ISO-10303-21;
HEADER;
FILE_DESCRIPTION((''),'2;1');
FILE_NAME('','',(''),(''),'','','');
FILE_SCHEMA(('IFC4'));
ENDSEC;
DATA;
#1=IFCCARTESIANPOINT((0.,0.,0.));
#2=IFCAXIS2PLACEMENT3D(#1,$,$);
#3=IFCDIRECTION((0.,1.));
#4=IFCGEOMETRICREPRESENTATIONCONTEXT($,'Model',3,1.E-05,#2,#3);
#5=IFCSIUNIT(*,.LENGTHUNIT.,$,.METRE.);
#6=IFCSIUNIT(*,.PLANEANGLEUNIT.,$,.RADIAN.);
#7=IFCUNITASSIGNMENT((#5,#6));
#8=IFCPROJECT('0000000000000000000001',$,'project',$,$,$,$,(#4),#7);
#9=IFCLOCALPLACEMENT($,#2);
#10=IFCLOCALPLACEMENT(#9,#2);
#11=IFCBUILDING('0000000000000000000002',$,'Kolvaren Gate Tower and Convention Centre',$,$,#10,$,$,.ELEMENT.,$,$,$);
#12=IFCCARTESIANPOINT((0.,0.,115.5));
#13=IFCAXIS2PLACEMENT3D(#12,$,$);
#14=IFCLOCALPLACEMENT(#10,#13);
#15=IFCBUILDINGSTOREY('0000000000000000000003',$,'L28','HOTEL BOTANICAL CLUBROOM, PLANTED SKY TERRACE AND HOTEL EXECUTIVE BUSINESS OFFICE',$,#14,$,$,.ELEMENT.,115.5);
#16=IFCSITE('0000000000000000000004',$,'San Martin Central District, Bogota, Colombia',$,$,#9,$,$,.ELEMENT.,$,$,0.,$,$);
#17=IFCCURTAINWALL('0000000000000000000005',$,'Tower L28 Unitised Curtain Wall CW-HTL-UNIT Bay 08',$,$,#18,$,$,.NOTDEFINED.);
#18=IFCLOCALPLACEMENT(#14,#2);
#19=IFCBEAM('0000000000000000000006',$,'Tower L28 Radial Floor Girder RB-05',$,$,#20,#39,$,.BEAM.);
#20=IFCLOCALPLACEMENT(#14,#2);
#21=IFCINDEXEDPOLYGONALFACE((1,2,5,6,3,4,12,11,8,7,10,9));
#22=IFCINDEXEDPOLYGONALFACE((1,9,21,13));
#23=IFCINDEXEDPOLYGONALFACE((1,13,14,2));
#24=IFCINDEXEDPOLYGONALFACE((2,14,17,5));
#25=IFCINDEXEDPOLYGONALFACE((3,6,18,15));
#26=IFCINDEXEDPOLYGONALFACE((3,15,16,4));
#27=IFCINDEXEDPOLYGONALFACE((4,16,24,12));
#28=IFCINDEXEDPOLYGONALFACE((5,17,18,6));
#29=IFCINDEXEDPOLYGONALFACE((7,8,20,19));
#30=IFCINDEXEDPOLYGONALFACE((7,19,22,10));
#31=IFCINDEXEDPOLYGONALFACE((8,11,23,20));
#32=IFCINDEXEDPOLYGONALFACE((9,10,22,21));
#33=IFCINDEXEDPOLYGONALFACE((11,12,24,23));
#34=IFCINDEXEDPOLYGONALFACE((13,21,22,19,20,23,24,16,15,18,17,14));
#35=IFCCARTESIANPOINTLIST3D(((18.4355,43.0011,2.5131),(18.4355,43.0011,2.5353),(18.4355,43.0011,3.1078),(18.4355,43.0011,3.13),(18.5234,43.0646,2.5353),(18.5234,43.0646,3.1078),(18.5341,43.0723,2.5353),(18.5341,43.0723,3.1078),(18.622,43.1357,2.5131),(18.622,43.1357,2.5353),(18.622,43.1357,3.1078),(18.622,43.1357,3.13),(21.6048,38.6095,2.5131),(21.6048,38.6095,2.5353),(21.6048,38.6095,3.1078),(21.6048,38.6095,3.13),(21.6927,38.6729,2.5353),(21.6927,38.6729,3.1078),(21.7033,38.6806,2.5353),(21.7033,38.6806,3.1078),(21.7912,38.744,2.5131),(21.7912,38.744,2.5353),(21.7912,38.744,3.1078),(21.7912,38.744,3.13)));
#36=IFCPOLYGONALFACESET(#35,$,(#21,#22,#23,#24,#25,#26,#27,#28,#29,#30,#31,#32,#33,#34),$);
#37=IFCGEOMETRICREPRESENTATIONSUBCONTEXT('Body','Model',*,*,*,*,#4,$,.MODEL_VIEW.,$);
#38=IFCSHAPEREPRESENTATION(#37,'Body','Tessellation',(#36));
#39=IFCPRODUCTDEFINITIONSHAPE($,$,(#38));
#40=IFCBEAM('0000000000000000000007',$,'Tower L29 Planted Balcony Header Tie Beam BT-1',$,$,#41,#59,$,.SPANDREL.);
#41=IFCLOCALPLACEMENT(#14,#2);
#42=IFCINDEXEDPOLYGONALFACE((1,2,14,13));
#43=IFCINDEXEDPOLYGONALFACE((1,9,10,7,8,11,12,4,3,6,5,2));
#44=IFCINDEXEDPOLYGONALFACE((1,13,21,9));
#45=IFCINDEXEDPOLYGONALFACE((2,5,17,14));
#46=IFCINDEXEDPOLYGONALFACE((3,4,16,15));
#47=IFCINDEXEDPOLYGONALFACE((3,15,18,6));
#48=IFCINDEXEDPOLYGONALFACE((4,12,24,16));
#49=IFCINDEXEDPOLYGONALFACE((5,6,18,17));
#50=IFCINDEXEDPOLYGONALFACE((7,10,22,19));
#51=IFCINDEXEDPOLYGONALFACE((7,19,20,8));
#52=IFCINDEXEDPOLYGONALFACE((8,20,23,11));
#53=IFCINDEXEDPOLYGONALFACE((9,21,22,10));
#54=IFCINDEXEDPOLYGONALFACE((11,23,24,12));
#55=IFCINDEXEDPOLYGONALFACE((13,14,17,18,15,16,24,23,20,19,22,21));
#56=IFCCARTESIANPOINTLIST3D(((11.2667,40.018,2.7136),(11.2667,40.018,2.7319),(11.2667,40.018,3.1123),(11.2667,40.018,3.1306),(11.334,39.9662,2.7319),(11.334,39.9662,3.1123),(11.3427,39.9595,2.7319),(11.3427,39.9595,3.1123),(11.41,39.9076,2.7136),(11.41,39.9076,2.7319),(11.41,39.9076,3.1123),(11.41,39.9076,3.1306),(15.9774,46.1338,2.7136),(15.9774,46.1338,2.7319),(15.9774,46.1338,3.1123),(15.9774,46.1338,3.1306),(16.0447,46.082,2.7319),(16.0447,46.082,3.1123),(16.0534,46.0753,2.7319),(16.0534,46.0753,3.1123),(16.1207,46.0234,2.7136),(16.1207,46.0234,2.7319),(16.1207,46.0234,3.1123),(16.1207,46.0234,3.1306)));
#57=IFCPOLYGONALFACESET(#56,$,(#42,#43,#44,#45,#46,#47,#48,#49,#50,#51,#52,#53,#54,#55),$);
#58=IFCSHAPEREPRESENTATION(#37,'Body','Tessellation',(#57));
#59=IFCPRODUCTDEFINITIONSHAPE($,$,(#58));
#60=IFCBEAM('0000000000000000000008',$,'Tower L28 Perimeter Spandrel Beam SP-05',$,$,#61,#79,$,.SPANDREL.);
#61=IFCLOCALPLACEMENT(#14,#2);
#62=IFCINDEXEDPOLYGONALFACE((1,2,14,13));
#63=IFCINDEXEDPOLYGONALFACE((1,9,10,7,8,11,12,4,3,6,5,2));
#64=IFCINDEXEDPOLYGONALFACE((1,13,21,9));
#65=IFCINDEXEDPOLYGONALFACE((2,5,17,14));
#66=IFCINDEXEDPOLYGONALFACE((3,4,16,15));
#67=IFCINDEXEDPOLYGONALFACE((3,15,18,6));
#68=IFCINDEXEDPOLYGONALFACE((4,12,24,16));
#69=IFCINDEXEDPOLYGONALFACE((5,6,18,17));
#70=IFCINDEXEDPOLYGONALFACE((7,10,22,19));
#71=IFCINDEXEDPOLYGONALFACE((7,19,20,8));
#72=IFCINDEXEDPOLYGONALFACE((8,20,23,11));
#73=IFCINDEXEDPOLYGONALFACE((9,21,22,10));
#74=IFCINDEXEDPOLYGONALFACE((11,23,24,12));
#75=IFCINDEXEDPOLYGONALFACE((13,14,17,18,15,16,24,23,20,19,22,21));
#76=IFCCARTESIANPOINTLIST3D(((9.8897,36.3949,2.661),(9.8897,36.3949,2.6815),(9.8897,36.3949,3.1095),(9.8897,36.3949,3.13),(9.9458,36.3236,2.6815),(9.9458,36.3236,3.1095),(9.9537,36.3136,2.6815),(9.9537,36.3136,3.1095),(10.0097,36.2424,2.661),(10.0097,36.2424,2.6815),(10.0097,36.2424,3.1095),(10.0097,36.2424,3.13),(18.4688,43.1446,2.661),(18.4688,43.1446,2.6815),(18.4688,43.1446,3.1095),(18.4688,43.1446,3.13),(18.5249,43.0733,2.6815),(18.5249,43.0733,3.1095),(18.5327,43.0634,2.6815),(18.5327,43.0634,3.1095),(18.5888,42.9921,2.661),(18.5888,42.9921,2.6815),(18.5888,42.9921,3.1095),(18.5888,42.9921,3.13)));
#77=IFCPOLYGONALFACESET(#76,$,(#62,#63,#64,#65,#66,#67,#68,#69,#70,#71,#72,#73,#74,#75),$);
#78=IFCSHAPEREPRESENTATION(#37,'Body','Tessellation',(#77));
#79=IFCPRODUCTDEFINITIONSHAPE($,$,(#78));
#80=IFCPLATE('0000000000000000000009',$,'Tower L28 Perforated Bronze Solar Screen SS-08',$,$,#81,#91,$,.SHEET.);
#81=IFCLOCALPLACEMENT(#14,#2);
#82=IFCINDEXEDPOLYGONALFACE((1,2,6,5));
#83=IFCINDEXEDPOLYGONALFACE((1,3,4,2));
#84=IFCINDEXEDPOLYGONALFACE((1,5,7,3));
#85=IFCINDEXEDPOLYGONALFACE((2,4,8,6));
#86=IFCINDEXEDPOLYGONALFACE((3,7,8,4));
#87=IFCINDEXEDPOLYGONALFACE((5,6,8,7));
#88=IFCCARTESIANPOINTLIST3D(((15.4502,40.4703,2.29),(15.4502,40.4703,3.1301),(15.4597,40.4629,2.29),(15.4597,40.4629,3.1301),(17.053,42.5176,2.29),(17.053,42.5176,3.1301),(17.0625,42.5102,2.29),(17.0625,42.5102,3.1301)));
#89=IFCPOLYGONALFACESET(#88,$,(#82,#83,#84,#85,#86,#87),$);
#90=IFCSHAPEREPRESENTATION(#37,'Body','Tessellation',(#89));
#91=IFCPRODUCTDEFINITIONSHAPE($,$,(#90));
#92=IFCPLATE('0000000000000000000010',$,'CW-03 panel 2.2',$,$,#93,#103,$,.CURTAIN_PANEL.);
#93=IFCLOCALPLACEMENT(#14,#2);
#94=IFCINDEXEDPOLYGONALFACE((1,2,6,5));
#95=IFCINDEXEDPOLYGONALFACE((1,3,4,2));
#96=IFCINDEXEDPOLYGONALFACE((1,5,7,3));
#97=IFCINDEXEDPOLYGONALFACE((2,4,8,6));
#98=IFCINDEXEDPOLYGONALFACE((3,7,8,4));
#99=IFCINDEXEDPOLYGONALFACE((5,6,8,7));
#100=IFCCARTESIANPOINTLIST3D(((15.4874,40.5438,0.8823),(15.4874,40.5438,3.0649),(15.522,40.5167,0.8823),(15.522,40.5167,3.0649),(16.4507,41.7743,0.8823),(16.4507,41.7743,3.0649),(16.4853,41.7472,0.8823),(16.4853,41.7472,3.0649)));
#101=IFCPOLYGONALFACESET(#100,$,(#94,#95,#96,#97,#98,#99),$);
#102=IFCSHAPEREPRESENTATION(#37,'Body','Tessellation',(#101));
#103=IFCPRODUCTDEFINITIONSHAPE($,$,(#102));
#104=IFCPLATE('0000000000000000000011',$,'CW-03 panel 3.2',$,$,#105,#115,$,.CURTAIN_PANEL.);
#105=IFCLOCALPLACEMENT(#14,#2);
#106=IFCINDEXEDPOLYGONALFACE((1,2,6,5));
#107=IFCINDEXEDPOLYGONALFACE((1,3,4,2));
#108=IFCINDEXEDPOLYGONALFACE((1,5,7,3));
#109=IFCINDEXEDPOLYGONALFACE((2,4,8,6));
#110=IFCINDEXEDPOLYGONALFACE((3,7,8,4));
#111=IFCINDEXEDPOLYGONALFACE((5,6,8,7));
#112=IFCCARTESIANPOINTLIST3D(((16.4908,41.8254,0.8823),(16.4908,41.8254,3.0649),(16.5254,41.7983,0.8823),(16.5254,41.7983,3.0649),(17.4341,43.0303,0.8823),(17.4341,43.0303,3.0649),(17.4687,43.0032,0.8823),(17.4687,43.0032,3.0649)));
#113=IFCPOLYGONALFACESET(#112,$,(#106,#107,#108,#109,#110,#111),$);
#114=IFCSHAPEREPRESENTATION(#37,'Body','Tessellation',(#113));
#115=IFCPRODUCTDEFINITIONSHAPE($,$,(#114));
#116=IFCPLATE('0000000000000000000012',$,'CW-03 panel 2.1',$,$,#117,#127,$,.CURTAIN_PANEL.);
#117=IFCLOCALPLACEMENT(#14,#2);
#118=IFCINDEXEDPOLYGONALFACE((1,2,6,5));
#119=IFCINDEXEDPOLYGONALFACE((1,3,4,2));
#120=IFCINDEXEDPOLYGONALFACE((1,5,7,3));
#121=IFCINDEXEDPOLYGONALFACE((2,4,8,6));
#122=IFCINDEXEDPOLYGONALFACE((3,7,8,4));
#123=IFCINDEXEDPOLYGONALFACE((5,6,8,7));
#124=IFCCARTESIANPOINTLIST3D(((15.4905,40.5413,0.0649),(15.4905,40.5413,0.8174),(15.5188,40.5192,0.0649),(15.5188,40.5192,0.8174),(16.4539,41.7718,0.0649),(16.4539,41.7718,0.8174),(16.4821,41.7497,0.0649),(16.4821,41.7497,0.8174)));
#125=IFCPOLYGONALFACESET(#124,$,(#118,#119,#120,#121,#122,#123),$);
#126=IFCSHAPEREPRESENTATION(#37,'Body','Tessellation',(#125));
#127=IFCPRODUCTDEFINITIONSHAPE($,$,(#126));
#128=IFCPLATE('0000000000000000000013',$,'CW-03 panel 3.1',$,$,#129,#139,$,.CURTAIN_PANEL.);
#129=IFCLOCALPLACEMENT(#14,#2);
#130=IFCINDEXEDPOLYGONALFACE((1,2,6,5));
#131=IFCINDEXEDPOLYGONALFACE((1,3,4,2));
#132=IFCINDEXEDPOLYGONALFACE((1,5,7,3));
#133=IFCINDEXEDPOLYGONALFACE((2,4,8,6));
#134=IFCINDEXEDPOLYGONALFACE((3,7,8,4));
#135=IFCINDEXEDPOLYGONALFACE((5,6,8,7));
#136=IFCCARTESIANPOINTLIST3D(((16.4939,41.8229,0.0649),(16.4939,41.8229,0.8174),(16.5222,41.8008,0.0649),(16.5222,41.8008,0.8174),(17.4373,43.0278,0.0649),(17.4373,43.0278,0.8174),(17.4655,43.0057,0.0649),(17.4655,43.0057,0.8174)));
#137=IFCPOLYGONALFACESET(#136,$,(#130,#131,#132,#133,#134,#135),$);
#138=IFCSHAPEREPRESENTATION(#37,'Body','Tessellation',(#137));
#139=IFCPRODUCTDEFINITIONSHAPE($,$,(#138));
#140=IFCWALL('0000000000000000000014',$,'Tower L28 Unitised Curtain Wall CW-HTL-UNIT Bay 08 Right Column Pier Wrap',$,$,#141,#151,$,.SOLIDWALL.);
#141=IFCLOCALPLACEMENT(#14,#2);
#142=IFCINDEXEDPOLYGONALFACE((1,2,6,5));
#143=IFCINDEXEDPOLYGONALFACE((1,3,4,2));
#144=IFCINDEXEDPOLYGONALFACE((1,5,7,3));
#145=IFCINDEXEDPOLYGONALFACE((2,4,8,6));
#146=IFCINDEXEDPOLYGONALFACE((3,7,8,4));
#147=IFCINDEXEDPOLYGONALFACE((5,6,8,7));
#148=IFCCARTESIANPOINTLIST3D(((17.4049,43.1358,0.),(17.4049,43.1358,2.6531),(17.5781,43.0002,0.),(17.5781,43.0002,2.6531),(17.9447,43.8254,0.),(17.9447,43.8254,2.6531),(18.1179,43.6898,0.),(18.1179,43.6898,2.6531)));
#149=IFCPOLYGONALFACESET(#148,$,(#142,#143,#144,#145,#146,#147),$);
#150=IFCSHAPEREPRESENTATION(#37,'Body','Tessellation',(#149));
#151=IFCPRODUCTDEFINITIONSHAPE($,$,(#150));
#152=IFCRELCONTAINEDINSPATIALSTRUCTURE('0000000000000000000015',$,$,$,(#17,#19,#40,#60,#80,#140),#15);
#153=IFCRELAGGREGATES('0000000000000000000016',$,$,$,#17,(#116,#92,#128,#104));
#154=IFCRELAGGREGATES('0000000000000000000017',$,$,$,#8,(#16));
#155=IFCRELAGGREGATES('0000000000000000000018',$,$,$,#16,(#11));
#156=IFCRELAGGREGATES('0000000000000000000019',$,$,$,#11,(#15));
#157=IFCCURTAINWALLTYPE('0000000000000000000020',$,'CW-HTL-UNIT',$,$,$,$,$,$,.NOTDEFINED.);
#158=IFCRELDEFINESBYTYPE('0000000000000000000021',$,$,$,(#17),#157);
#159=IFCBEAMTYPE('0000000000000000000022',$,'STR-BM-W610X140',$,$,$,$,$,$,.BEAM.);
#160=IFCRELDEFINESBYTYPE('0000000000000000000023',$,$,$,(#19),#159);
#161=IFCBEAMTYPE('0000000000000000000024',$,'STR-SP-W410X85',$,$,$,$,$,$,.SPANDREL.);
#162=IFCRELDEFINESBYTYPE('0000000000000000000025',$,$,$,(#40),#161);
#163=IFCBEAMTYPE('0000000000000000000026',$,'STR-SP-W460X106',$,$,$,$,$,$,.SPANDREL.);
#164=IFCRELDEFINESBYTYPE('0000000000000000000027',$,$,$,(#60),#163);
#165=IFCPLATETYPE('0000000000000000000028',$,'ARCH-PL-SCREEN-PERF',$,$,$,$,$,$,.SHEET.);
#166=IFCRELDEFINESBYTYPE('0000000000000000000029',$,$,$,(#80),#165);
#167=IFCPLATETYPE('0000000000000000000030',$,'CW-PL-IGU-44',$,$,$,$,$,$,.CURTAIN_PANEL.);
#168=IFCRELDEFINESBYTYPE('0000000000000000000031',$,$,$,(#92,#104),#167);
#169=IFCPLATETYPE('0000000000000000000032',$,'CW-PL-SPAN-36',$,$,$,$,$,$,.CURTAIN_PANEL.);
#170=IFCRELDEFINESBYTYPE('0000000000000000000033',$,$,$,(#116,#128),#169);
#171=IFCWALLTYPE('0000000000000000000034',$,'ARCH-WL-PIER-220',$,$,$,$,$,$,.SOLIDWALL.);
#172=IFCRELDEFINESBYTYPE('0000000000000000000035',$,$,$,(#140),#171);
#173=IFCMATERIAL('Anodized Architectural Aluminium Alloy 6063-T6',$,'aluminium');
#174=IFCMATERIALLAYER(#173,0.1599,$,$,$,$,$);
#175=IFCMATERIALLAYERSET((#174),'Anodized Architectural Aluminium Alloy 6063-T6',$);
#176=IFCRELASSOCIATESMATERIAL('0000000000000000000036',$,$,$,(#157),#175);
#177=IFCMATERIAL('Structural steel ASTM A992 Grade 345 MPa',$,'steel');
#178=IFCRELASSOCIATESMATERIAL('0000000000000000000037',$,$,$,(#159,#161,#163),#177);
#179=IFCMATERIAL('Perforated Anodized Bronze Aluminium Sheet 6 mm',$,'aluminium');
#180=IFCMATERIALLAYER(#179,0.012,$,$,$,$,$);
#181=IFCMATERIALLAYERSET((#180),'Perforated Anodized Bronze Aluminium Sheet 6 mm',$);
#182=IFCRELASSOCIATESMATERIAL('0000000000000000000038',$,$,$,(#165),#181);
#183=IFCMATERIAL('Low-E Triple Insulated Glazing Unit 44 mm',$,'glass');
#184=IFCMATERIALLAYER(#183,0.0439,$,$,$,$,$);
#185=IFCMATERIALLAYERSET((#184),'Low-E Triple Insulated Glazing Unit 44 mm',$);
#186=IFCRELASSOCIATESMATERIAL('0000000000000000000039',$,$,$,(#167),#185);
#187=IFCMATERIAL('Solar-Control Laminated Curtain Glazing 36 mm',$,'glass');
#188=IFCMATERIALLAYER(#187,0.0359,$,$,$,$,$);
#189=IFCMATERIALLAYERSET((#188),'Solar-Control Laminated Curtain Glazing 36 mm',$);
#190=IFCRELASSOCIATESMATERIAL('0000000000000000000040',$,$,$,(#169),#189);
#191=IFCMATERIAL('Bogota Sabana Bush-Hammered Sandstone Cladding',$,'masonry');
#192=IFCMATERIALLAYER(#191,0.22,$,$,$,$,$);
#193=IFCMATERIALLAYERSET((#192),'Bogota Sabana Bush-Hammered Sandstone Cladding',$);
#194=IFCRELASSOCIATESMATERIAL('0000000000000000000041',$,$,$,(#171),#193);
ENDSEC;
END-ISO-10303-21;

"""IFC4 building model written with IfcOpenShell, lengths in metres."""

from ifc_helpers import new_model, si_unit, direction, frame, frame_2d, origin, origin_2d, place, context, subcontext, project, spatial, rectangle, i_section, extrude, material, layer, layer_set, material_profile, profile_set, type_object, element, aggregate, save


model = new_model("IFC4")

# Units and contexts
model_context = context("Model", 3, precision=1e-05, world=origin(), true_north=direction((0.0, 1.0)))
body_context = subcontext(model_context, "Body", "Model", "MODEL_VIEW")
ifc_project = project(units=[si_unit("LENGTHUNIT", "METRE"), si_unit("PLANEANGLEUNIT", "RADIAN")], contexts=[model_context])

# Site, building, storey
site_placement = place(None, origin())
site = spatial("IfcSite", under=ifc_project, at=site_placement, Name="San Martin Central District, Bogota, Colombia", CompositionType="ELEMENT", RefElevation=0.0)
building_placement = place(site_placement, origin())
building = spatial("IfcBuilding", under=site, at=building_placement, Name="Kolvaren Gate Tower and Convention Centre", CompositionType="ELEMENT")
storey_placement = place(building_placement, frame((0.0, 0.0, 115.5)))
storey = spatial("IfcBuildingStorey", under=building, at=storey_placement, Name="L28", Description="HOTEL BOTANICAL CLUBROOM, PLANTED SKY TERRACE AND HOTEL EXECUTIVE BUSINESS OFFICE", CompositionType="ELEMENT", Elevation=115.5)

# Curtain wall
ifc_material_1 = material(Name="Anodized Architectural Aluminium Alloy 6063-T6", Category="aluminium")
ifc_layer_1 = layer(ifc_material_1, 0.1599)
ifc_layer_set_1 = layer_set([ifc_layer_1], Name="Anodized Architectural Aluminium Alloy 6063-T6")
curtain_wall_type = type_object("IfcCurtainWallType", Name="CW-HTL-UNIT", PredefinedType="NOTDEFINED", material=ifc_layer_set_1)
curtain_wall_placement = place(storey_placement, origin())
curtain_wall = element("IfcCurtainWall", 1, at=curtain_wall_placement, inside=storey, type_object=curtain_wall_type, Name="Tower L28 Unitised Curtain Wall CW-HTL-UNIT Bay 08", PredefinedType="NOTDEFINED")

# Beams
ifc_material_2 = material(Name="Structural steel ASTM A992 Grade 345 MPa", Category="steel")
ifc_material_profile_1 = material_profile(ifc_material_2, i_section(OverallWidth=0.23, OverallDepth=0.6169, WebThickness=0.0132, FlangeThickness=0.0222, at=origin_2d()), Name="W610X140")
ifc_profile_set_1 = profile_set([ifc_material_profile_1], Name="Structural steel ASTM A992 Grade 345 MPa")
beam_type_1 = type_object("IfcBeamType", Name="STR-BM-W610X140", PredefinedType="BEAM", material=ifc_profile_set_1)
beam_1_placement = place(storey_placement, frame((21.698, 38.6768, 2.8215), z_axis=(-0.585184, 0.8109, 0.0), x_axis=(-0.8109, -0.585184, 0.0)))
element("IfcBeam", 2, at=beam_1_placement, inside=storey, type_object=beam_type_1, Name="Tower L28 Radial Floor Girder RB-05", PredefinedType="BEAM", context=body_context, shape_type="SweptSolid", body=[
    extrude(i_section(OverallWidth=0.23, OverallDepth=0.6169, WebThickness=0.0132, FlangeThickness=0.0222, at=origin_2d()), origin(), (0.0, 0.0, 1.0), 5.4158),
])
ifc_material_profile_2 = material_profile(ifc_material_2, i_section(OverallWidth=0.1809, OverallDepth=0.417, WebThickness=0.011, FlangeThickness=0.0183, at=origin_2d()), Name="W410X85")
ifc_profile_set_2 = profile_set([ifc_material_profile_2], Name="Structural steel ASTM A992 Grade 345 MPa")
beam_type_2 = type_object("IfcBeamType", Name="STR-SP-W410X85", PredefinedType="SPANDREL", material=ifc_profile_set_2)
beam_2_placement = place(storey_placement, frame((16.0491, 46.0786, 2.9221), z_axis=(-0.610223, -0.79223, 0.0), x_axis=(0.79223, -0.610223, 0.0)))
element("IfcBeam", 3, at=beam_2_placement, inside=storey, type_object=beam_type_2, Name="Tower L29 Planted Balcony Header Tie Beam BT-1", PredefinedType="SPANDREL", context=body_context, shape_type="SweptSolid", body=[
    extrude(i_section(OverallWidth=0.1809, OverallDepth=0.417, WebThickness=0.011, FlangeThickness=0.0183, at=origin_2d()), origin(), (0.0, 0.0, 1.0), 7.7197),
])
ifc_material_profile_3 = material_profile(ifc_material_2, i_section(OverallWidth=0.1941, OverallDepth=0.469, WebThickness=0.0127, FlangeThickness=0.0205, at=origin_2d()), Name="W460X106")
ifc_profile_set_3 = profile_set([ifc_material_profile_3], Name="Structural steel ASTM A992 Grade 345 MPa")
beam_type_3 = type_object("IfcBeamType", Name="STR-SP-W460X106", PredefinedType="SPANDREL", material=ifc_profile_set_3)
beam_3_placement = place(storey_placement, frame((18.5288, 43.0684, 2.8955), z_axis=(-0.785916, -0.618333, 0.0), x_axis=(0.618333, -0.785916, 0.0)))
element("IfcBeam", 4, at=beam_3_placement, inside=storey, type_object=beam_type_3, Name="Tower L28 Perimeter Spandrel Beam SP-05", PredefinedType="SPANDREL", context=body_context, shape_type="SweptSolid", body=[
    extrude(i_section(OverallWidth=0.1941, OverallDepth=0.469, WebThickness=0.0127, FlangeThickness=0.0205, at=origin_2d()), origin(), (0.0, 0.0, 1.0), 10.916),
])

# Plates
ifc_material_3 = material(Name="Perforated Anodized Bronze Aluminium Sheet 6 mm", Category="aluminium")
ifc_layer_2 = layer(ifc_material_3, 0.012)
ifc_layer_set_2 = layer_set([ifc_layer_2], Name="Perforated Anodized Bronze Aluminium Sheet 6 mm")
plate_type_1 = type_object("IfcPlateType", Name="ARCH-PL-SCREEN-PERF", PredefinedType="SHEET", material=ifc_layer_set_2)
plate_1_placement = place(storey_placement, frame((16.2563, 41.4902, 2.29), z_axis=(0.0, 0.0, 1.0), x_axis=(0.616435, 0.787405, 0.0)))
element("IfcPlate", 5, at=plate_1_placement, inside=storey, type_object=plate_type_1, Name="Tower L28 Perforated Bronze Solar Screen SS-08", PredefinedType="SHEET", context=body_context, shape_type="SweptSolid", body=[
    extrude(rectangle(XDim=2.6001, YDim=0.012, at=origin_2d()), origin(), (0.0, 0.0, 1.0), 0.8401),
])
ifc_material_4 = material(Name="Low-E Triple Insulated Glazing Unit 44 mm", Category="glass")
ifc_layer_3 = layer(ifc_material_4, 0.0439)
ifc_layer_set_3 = layer_set([ifc_layer_3], Name="Low-E Triple Insulated Glazing Unit 44 mm")
plate_type_2 = type_object("IfcPlateType", Name="CW-PL-IGU-44", PredefinedType="CURTAIN_PANEL", material=ifc_layer_set_3)
plate_2_placement = place(storey_placement, frame((15.9863, 41.1455, 0.8823), z_axis=(0.0, 0.0, 1.0), x_axis=(0.616441, 0.787401, 0.0)))
plate_2 = element("IfcPlate", 6, at=plate_2_placement, type_object=plate_type_2, Name="CW-03 panel 2.2", PredefinedType="CURTAIN_PANEL", context=body_context, shape_type="SweptSolid", body=[
    extrude(rectangle(XDim=1.5627, YDim=0.0439, at=origin_2d()), origin(), (0.0, 0.0, 1.0), 2.1826),
])
plate_3_placement = place(storey_placement, frame((16.9797, 42.4143, 0.8823), z_axis=(0.0, 0.0, 1.0), x_axis=(0.616441, 0.787401, 0.0)))
plate_3 = element("IfcPlate", 7, at=plate_3_placement, type_object=plate_type_2, Name="CW-03 panel 3.2", PredefinedType="CURTAIN_PANEL", context=body_context, shape_type="SweptSolid", body=[
    extrude(rectangle(XDim=1.5303, YDim=0.0439, at=origin_2d()), origin(), (0.0, 0.0, 1.0), 2.1826),
])
ifc_material_5 = material(Name="Solar-Control Laminated Curtain Glazing 36 mm", Category="glass")
ifc_layer_4 = layer(ifc_material_5, 0.0359)
ifc_layer_set_4 = layer_set([ifc_layer_4], Name="Solar-Control Laminated Curtain Glazing 36 mm")
plate_type_3 = type_object("IfcPlateType", Name="CW-PL-SPAN-36", PredefinedType="CURTAIN_PANEL", material=ifc_layer_set_4)
plate_4_placement = place(storey_placement, frame((15.9863, 41.1455, 0.0649), z_axis=(0.0, 0.0, 1.0), x_axis=(0.616441, 0.787401, 0.0)))
plate_4 = element("IfcPlate", 8, at=plate_4_placement, type_object=plate_type_3, Name="CW-03 panel 2.1", PredefinedType="CURTAIN_PANEL", context=body_context, shape_type="SweptSolid", body=[
    extrude(rectangle(XDim=1.5627, YDim=0.0359, at=origin_2d()), origin(), (0.0, 0.0, 1.0), 0.7524),
])
plate_5_placement = place(storey_placement, frame((16.9797, 42.4143, 0.0649), z_axis=(0.0, 0.0, 1.0), x_axis=(0.616441, 0.787401, 0.0)))
plate_5 = element("IfcPlate", 9, at=plate_5_placement, type_object=plate_type_3, Name="CW-03 panel 3.1", PredefinedType="CURTAIN_PANEL", context=body_context, shape_type="SweptSolid", body=[
    extrude(rectangle(XDim=1.5303, YDim=0.0359, at=origin_2d()), origin(), (0.0, 0.0, 1.0), 0.7524),
])
aggregate(curtain_wall, [plate_4, plate_2, plate_5, plate_3])

# Wall
ifc_material_6 = material(Name="Bogota Sabana Bush-Hammered Sandstone Cladding", Category="masonry")
ifc_layer_5 = layer(ifc_material_6, 0.22)
ifc_layer_set_5 = layer_set([ifc_layer_5], Name="Bogota Sabana Bush-Hammered Sandstone Cladding")
wall_type_1 = type_object("IfcWallType", Name="ARCH-WL-PIER-220", PredefinedType="SOLIDWALL", material=ifc_layer_set_5)
wall_1_placement = place(storey_placement, frame((17.4915, 43.0679, 0.0), z_axis=(0.0, 0.0, 1.0), x_axis=(0.616331, 0.787487, 0.0)))
element("IfcWall", 10, at=wall_1_placement, inside=storey, type_object=wall_type_1, Name="Tower L28 Unitised Curtain Wall CW-HTL-UNIT Bay 08 Right Column Pier Wrap", PredefinedType="SOLIDWALL", context=body_context, shape_type="SweptSolid", body=[
    extrude(rectangle(XDim=0.8757, YDim=0.22, at=frame_2d((0.438, 0.0))), origin(), (0.0, 0.0, 1.0), 2.6531),
])

save(model, "model.ifc")
